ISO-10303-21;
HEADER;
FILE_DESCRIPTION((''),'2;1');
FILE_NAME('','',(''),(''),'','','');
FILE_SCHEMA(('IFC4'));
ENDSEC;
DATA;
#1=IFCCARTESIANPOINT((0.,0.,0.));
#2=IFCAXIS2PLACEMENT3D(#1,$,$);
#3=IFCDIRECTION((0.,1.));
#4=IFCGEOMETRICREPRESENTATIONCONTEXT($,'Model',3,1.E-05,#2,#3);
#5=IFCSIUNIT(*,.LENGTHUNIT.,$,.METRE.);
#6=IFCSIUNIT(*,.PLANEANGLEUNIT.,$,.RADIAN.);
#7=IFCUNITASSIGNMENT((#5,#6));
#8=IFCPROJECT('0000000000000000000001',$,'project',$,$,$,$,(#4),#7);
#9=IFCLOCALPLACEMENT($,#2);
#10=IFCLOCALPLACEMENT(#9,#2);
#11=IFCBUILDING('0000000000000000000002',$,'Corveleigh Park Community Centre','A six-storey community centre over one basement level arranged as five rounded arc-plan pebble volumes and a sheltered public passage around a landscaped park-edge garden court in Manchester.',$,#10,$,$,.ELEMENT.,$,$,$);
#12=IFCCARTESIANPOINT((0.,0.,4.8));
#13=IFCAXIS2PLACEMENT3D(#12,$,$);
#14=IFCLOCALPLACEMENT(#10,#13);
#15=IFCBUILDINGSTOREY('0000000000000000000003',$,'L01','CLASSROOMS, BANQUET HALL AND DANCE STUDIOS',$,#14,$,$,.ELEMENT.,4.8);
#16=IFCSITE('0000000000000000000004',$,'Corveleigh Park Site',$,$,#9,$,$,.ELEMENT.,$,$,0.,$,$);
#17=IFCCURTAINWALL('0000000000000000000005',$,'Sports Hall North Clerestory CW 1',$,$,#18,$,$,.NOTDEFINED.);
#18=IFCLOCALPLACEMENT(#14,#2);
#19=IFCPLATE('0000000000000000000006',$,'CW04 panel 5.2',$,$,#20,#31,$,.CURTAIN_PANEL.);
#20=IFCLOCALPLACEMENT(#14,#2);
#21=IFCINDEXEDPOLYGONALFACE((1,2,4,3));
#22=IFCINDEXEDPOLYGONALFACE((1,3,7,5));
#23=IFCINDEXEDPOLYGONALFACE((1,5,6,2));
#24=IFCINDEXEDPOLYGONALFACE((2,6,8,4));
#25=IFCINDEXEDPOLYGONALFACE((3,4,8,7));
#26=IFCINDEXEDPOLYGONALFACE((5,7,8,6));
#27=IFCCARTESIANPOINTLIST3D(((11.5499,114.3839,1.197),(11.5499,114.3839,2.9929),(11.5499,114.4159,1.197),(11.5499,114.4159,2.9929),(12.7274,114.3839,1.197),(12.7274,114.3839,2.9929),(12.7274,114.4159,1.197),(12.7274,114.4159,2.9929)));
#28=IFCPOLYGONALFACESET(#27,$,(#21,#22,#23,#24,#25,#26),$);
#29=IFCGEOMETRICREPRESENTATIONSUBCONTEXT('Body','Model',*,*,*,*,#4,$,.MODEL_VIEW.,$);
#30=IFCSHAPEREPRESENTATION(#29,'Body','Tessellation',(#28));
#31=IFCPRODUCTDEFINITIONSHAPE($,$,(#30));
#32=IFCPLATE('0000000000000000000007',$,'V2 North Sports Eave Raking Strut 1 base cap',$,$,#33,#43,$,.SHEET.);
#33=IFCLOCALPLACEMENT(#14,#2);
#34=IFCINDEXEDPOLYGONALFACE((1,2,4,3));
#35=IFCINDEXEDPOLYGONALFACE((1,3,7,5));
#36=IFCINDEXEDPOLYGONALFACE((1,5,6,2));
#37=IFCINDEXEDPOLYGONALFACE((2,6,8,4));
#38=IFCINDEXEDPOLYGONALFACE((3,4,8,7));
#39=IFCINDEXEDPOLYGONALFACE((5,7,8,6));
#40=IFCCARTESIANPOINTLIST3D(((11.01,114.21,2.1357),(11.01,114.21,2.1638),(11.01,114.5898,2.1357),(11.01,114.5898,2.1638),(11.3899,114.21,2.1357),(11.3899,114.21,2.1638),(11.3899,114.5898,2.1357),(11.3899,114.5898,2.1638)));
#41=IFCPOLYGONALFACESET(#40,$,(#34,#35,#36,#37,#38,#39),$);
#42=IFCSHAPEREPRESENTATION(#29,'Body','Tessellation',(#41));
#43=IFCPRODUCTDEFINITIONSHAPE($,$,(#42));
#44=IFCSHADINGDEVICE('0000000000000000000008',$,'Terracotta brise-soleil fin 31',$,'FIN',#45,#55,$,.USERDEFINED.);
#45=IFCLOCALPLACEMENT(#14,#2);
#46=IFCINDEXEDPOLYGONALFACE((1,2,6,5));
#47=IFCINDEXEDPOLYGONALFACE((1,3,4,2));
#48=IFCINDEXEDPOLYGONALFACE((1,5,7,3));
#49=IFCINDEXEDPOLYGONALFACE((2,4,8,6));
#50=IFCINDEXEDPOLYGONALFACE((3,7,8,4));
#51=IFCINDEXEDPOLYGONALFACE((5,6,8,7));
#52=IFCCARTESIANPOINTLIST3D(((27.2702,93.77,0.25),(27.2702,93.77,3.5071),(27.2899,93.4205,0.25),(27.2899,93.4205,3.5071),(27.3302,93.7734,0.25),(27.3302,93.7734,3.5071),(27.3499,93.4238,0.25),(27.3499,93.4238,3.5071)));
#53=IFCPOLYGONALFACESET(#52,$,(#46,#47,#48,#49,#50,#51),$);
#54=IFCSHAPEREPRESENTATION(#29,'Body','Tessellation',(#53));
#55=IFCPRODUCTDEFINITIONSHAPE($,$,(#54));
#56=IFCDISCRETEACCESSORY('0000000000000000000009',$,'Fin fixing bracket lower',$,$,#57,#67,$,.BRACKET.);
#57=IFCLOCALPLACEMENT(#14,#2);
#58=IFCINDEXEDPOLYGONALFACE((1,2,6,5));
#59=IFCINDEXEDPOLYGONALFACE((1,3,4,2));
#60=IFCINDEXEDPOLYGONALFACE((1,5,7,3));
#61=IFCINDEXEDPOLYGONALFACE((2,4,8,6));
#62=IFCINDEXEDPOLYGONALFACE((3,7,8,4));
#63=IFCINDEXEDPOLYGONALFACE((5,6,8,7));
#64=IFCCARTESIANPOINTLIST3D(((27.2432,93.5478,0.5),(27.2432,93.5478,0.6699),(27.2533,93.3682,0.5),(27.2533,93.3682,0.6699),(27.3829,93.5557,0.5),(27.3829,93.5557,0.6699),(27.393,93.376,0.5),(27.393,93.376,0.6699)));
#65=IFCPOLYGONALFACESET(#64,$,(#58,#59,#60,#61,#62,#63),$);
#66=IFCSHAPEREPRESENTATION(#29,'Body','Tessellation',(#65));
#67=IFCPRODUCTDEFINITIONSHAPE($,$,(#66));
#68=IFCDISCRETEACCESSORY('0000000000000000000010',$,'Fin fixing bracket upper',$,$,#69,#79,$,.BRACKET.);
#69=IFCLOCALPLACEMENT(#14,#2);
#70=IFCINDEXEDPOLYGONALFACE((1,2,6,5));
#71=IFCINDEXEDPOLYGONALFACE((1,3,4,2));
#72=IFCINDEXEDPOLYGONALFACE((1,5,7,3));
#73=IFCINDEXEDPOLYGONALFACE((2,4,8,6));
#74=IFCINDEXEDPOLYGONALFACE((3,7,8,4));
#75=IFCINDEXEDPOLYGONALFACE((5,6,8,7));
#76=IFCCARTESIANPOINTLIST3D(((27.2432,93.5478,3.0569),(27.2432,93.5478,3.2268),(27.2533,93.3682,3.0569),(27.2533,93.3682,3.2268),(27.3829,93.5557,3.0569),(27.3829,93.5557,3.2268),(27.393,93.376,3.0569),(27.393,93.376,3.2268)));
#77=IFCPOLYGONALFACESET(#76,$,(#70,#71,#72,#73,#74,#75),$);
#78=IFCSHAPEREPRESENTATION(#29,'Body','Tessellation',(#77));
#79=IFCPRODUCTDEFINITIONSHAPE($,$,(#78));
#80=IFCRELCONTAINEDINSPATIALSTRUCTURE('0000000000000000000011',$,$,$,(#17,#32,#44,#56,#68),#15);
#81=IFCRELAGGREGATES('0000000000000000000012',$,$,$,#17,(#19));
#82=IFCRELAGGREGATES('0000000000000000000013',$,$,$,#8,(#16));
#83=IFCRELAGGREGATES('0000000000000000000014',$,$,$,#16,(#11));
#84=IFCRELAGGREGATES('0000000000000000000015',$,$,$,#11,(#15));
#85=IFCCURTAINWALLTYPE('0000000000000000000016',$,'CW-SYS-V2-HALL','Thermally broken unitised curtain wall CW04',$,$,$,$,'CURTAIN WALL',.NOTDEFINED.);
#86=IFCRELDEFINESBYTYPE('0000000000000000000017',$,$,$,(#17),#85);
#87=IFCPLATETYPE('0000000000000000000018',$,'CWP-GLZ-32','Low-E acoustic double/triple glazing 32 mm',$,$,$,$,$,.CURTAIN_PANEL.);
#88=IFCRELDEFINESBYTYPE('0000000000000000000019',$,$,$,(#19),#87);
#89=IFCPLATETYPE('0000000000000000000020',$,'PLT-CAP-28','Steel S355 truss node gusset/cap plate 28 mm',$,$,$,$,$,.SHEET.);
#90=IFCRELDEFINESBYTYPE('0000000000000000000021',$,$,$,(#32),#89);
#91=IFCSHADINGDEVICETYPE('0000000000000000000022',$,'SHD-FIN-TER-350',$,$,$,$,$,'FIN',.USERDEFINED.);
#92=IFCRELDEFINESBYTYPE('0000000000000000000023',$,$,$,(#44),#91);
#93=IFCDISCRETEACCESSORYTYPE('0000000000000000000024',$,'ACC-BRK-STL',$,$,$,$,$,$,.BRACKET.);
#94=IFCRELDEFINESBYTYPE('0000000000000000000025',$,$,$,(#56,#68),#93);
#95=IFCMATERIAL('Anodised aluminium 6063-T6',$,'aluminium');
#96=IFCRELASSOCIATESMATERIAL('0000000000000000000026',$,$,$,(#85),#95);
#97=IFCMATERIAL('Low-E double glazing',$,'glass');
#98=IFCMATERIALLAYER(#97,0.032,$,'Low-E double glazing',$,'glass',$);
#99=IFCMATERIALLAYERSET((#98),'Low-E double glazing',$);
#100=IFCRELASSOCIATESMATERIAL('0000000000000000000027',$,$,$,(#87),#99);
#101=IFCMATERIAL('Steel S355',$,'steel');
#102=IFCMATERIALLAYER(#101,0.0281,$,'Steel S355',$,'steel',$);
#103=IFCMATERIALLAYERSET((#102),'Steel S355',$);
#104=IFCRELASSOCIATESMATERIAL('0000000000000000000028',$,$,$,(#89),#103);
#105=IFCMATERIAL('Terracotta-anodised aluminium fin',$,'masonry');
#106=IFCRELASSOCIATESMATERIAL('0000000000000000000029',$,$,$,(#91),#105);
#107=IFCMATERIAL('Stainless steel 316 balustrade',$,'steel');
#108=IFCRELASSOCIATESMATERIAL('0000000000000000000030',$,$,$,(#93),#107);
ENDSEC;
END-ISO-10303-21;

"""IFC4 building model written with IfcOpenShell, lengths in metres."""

from ifc_helpers import new_model, si_unit, direction, frame, origin, origin_2d, place, context, subcontext, project, spatial, rectangle, extrude, material, layer, layer_set, type_object, element, aggregate, save


model = new_model("IFC4")

# Units and contexts
model_context = context("Model", 3, precision=1e-05, world=origin(), true_north=direction((0.0, 1.0)))
body_context = subcontext(model_context, "Body", "Model", "MODEL_VIEW")
ifc_project = project(units=[si_unit("LENGTHUNIT", "METRE"), si_unit("PLANEANGLEUNIT", "RADIAN")], contexts=[model_context])

# Site, building, storey
site_placement = place(None, origin())
site = spatial("IfcSite", under=ifc_project, at=site_placement, Name="Corveleigh Park Site", CompositionType="ELEMENT", RefElevation=0.0)
building_placement = place(site_placement, origin())
building = spatial("IfcBuilding", under=site, at=building_placement, Name="Corveleigh Park Community Centre", Description="A six-storey community centre over one basement level arranged as five rounded arc-plan pebble volumes and a sheltered public passage around a landscaped park-edge garden court in Manchester.", CompositionType="ELEMENT")
storey_placement = place(building_placement, frame((0.0, 0.0, 4.8)))
storey = spatial("IfcBuildingStorey", under=building, at=storey_placement, Name="L01", Description="CLASSROOMS, BANQUET HALL AND DANCE STUDIOS", CompositionType="ELEMENT", Elevation=4.8)

# Shared definitions
ifc_material_1 = material(Name="Steel S355", Category="steel")

# Shared definitions
ifc_material_2 = material(Name="Anodised aluminium 6063-T6", Category="aluminium")
curtain_wall_type = type_object("IfcCurtainWallType", Name="CW-SYS-V2-HALL", Description="Thermally broken unitised curtain wall CW04", ElementType="CURTAIN WALL", PredefinedType="NOTDEFINED", material=ifc_material_2)

# Curtain wall
curtain_wall_1_placement = place(storey_placement, origin())
curtain_wall_1 = element("IfcCurtainWall", 1, at=curtain_wall_1_placement, inside=storey, type_object=curtain_wall_type, Name="Sports Hall North Clerestory CW 1", PredefinedType="NOTDEFINED")

# Plates
ifc_material_3 = material(Name="Low-E double glazing", Category="glass")
ifc_layer_1 = layer(ifc_material_3, 0.032, Name="Low-E double glazing", Category="glass")
ifc_layer_set_1 = layer_set([ifc_layer_1], Name="Low-E double glazing")
plate_type_1 = type_object("IfcPlateType", Name="CWP-GLZ-32", Description="Low-E acoustic double/triple glazing 32 mm", PredefinedType="CURTAIN_PANEL", material=ifc_layer_set_1)
plate_1_placement = place(storey_placement, frame((12.1387, 114.3999, 1.197), z_axis=(0.0, 0.0, 1.0), x_axis=(-1.0, 0.0, 0.0)))
plate_1 = element("IfcPlate", 2, at=plate_1_placement, type_object=plate_type_1, Name="CW04 panel 5.2", PredefinedType="CURTAIN_PANEL", context=body_context, shape_type="SweptSolid", body=[
    extrude(rectangle(XDim=1.1775, YDim=0.032, at=origin_2d()), origin(), (0.0, 0.0, 1.0), 1.7959),
])
aggregate(curtain_wall_1, [plate_1])
ifc_layer_2 = layer(ifc_material_1, 0.0281, Name="Steel S355", Category="steel")
ifc_layer_set_2 = layer_set([ifc_layer_2], Name="Steel S355")
plate_type_2 = type_object("IfcPlateType", Name="PLT-CAP-28", Description="Steel S355 truss node gusset/cap plate 28 mm", PredefinedType="SHEET", material=ifc_layer_set_2)
plate_2_placement = place(storey_placement, frame((11.2, 114.3999, 2.1357), z_axis=(0.0, 0.0, 1.0), x_axis=(1.0, 0.0, 0.0)))
element("IfcPlate", 3, at=plate_2_placement, inside=storey, type_object=plate_type_2, Name="V2 North Sports Eave Raking Strut 1 base cap", PredefinedType="SHEET", context=body_context, shape_type="SweptSolid", body=[
    extrude(rectangle(XDim=0.3799, YDim=0.3799, at=origin_2d()), origin(), (0.0, 0.0, 1.0), 0.0281),
])

# Shading device
ifc_material_4 = material(Name="Terracotta-anodised aluminium fin", Category="masonry")
shading_device_type = type_object("IfcShadingDeviceType", Name="SHD-FIN-TER-350", ElementType="FIN", PredefinedType="USERDEFINED", material=ifc_material_4)
shading_device_placement = place(storey_placement, frame((27.3101, 93.5969, 0.25), z_axis=(0.0, 0.0, 1.0), x_axis=(-0.05614, 0.998423, 0.0)))
element("IfcShadingDevice", 4, at=shading_device_placement, inside=storey, type_object=shading_device_type, Name="Terracotta brise-soleil fin 31", ObjectType="FIN", PredefinedType="USERDEFINED", context=body_context, shape_type="SweptSolid", body=[
    extrude(rectangle(XDim=0.3501, YDim=0.0601, at=origin_2d()), origin(), (0.0, 0.0, 1.0), 3.2571),
])

# Discrete accessories
ifc_material_5 = material(Name="Stainless steel 316 balustrade", Category="steel")
discrete_accessory_type = type_object("IfcDiscreteAccessoryType", Name="ACC-BRK-STL", PredefinedType="BRACKET", material=ifc_material_5)
for number, where, z_axis, x_axis, name in (
    (5, (27.3181, 93.4619, 0.5), (0.0, 0.0, 1.0), (-0.05614, 0.998423, 0.0), "Fin fixing bracket lower"),
    (6, (27.3181, 93.4619, 3.0569), (0.0, 0.0, 1.0), (-0.05614, 0.998423, 0.0), "Fin fixing bracket upper"),
):
    element("IfcDiscreteAccessory", number, at=place(storey_placement, frame(where, z_axis=z_axis, x_axis=x_axis)), inside=storey, type_object=discrete_accessory_type, Name=name, PredefinedType="BRACKET", context=body_context, shape_type="SweptSolid", body=[
        extrude(rectangle(XDim=0.1799, YDim=0.1399, at=origin_2d()), origin(), (0.0, 0.0, 1.0), 0.1699),
    ])

save(model, "model.ifc")
